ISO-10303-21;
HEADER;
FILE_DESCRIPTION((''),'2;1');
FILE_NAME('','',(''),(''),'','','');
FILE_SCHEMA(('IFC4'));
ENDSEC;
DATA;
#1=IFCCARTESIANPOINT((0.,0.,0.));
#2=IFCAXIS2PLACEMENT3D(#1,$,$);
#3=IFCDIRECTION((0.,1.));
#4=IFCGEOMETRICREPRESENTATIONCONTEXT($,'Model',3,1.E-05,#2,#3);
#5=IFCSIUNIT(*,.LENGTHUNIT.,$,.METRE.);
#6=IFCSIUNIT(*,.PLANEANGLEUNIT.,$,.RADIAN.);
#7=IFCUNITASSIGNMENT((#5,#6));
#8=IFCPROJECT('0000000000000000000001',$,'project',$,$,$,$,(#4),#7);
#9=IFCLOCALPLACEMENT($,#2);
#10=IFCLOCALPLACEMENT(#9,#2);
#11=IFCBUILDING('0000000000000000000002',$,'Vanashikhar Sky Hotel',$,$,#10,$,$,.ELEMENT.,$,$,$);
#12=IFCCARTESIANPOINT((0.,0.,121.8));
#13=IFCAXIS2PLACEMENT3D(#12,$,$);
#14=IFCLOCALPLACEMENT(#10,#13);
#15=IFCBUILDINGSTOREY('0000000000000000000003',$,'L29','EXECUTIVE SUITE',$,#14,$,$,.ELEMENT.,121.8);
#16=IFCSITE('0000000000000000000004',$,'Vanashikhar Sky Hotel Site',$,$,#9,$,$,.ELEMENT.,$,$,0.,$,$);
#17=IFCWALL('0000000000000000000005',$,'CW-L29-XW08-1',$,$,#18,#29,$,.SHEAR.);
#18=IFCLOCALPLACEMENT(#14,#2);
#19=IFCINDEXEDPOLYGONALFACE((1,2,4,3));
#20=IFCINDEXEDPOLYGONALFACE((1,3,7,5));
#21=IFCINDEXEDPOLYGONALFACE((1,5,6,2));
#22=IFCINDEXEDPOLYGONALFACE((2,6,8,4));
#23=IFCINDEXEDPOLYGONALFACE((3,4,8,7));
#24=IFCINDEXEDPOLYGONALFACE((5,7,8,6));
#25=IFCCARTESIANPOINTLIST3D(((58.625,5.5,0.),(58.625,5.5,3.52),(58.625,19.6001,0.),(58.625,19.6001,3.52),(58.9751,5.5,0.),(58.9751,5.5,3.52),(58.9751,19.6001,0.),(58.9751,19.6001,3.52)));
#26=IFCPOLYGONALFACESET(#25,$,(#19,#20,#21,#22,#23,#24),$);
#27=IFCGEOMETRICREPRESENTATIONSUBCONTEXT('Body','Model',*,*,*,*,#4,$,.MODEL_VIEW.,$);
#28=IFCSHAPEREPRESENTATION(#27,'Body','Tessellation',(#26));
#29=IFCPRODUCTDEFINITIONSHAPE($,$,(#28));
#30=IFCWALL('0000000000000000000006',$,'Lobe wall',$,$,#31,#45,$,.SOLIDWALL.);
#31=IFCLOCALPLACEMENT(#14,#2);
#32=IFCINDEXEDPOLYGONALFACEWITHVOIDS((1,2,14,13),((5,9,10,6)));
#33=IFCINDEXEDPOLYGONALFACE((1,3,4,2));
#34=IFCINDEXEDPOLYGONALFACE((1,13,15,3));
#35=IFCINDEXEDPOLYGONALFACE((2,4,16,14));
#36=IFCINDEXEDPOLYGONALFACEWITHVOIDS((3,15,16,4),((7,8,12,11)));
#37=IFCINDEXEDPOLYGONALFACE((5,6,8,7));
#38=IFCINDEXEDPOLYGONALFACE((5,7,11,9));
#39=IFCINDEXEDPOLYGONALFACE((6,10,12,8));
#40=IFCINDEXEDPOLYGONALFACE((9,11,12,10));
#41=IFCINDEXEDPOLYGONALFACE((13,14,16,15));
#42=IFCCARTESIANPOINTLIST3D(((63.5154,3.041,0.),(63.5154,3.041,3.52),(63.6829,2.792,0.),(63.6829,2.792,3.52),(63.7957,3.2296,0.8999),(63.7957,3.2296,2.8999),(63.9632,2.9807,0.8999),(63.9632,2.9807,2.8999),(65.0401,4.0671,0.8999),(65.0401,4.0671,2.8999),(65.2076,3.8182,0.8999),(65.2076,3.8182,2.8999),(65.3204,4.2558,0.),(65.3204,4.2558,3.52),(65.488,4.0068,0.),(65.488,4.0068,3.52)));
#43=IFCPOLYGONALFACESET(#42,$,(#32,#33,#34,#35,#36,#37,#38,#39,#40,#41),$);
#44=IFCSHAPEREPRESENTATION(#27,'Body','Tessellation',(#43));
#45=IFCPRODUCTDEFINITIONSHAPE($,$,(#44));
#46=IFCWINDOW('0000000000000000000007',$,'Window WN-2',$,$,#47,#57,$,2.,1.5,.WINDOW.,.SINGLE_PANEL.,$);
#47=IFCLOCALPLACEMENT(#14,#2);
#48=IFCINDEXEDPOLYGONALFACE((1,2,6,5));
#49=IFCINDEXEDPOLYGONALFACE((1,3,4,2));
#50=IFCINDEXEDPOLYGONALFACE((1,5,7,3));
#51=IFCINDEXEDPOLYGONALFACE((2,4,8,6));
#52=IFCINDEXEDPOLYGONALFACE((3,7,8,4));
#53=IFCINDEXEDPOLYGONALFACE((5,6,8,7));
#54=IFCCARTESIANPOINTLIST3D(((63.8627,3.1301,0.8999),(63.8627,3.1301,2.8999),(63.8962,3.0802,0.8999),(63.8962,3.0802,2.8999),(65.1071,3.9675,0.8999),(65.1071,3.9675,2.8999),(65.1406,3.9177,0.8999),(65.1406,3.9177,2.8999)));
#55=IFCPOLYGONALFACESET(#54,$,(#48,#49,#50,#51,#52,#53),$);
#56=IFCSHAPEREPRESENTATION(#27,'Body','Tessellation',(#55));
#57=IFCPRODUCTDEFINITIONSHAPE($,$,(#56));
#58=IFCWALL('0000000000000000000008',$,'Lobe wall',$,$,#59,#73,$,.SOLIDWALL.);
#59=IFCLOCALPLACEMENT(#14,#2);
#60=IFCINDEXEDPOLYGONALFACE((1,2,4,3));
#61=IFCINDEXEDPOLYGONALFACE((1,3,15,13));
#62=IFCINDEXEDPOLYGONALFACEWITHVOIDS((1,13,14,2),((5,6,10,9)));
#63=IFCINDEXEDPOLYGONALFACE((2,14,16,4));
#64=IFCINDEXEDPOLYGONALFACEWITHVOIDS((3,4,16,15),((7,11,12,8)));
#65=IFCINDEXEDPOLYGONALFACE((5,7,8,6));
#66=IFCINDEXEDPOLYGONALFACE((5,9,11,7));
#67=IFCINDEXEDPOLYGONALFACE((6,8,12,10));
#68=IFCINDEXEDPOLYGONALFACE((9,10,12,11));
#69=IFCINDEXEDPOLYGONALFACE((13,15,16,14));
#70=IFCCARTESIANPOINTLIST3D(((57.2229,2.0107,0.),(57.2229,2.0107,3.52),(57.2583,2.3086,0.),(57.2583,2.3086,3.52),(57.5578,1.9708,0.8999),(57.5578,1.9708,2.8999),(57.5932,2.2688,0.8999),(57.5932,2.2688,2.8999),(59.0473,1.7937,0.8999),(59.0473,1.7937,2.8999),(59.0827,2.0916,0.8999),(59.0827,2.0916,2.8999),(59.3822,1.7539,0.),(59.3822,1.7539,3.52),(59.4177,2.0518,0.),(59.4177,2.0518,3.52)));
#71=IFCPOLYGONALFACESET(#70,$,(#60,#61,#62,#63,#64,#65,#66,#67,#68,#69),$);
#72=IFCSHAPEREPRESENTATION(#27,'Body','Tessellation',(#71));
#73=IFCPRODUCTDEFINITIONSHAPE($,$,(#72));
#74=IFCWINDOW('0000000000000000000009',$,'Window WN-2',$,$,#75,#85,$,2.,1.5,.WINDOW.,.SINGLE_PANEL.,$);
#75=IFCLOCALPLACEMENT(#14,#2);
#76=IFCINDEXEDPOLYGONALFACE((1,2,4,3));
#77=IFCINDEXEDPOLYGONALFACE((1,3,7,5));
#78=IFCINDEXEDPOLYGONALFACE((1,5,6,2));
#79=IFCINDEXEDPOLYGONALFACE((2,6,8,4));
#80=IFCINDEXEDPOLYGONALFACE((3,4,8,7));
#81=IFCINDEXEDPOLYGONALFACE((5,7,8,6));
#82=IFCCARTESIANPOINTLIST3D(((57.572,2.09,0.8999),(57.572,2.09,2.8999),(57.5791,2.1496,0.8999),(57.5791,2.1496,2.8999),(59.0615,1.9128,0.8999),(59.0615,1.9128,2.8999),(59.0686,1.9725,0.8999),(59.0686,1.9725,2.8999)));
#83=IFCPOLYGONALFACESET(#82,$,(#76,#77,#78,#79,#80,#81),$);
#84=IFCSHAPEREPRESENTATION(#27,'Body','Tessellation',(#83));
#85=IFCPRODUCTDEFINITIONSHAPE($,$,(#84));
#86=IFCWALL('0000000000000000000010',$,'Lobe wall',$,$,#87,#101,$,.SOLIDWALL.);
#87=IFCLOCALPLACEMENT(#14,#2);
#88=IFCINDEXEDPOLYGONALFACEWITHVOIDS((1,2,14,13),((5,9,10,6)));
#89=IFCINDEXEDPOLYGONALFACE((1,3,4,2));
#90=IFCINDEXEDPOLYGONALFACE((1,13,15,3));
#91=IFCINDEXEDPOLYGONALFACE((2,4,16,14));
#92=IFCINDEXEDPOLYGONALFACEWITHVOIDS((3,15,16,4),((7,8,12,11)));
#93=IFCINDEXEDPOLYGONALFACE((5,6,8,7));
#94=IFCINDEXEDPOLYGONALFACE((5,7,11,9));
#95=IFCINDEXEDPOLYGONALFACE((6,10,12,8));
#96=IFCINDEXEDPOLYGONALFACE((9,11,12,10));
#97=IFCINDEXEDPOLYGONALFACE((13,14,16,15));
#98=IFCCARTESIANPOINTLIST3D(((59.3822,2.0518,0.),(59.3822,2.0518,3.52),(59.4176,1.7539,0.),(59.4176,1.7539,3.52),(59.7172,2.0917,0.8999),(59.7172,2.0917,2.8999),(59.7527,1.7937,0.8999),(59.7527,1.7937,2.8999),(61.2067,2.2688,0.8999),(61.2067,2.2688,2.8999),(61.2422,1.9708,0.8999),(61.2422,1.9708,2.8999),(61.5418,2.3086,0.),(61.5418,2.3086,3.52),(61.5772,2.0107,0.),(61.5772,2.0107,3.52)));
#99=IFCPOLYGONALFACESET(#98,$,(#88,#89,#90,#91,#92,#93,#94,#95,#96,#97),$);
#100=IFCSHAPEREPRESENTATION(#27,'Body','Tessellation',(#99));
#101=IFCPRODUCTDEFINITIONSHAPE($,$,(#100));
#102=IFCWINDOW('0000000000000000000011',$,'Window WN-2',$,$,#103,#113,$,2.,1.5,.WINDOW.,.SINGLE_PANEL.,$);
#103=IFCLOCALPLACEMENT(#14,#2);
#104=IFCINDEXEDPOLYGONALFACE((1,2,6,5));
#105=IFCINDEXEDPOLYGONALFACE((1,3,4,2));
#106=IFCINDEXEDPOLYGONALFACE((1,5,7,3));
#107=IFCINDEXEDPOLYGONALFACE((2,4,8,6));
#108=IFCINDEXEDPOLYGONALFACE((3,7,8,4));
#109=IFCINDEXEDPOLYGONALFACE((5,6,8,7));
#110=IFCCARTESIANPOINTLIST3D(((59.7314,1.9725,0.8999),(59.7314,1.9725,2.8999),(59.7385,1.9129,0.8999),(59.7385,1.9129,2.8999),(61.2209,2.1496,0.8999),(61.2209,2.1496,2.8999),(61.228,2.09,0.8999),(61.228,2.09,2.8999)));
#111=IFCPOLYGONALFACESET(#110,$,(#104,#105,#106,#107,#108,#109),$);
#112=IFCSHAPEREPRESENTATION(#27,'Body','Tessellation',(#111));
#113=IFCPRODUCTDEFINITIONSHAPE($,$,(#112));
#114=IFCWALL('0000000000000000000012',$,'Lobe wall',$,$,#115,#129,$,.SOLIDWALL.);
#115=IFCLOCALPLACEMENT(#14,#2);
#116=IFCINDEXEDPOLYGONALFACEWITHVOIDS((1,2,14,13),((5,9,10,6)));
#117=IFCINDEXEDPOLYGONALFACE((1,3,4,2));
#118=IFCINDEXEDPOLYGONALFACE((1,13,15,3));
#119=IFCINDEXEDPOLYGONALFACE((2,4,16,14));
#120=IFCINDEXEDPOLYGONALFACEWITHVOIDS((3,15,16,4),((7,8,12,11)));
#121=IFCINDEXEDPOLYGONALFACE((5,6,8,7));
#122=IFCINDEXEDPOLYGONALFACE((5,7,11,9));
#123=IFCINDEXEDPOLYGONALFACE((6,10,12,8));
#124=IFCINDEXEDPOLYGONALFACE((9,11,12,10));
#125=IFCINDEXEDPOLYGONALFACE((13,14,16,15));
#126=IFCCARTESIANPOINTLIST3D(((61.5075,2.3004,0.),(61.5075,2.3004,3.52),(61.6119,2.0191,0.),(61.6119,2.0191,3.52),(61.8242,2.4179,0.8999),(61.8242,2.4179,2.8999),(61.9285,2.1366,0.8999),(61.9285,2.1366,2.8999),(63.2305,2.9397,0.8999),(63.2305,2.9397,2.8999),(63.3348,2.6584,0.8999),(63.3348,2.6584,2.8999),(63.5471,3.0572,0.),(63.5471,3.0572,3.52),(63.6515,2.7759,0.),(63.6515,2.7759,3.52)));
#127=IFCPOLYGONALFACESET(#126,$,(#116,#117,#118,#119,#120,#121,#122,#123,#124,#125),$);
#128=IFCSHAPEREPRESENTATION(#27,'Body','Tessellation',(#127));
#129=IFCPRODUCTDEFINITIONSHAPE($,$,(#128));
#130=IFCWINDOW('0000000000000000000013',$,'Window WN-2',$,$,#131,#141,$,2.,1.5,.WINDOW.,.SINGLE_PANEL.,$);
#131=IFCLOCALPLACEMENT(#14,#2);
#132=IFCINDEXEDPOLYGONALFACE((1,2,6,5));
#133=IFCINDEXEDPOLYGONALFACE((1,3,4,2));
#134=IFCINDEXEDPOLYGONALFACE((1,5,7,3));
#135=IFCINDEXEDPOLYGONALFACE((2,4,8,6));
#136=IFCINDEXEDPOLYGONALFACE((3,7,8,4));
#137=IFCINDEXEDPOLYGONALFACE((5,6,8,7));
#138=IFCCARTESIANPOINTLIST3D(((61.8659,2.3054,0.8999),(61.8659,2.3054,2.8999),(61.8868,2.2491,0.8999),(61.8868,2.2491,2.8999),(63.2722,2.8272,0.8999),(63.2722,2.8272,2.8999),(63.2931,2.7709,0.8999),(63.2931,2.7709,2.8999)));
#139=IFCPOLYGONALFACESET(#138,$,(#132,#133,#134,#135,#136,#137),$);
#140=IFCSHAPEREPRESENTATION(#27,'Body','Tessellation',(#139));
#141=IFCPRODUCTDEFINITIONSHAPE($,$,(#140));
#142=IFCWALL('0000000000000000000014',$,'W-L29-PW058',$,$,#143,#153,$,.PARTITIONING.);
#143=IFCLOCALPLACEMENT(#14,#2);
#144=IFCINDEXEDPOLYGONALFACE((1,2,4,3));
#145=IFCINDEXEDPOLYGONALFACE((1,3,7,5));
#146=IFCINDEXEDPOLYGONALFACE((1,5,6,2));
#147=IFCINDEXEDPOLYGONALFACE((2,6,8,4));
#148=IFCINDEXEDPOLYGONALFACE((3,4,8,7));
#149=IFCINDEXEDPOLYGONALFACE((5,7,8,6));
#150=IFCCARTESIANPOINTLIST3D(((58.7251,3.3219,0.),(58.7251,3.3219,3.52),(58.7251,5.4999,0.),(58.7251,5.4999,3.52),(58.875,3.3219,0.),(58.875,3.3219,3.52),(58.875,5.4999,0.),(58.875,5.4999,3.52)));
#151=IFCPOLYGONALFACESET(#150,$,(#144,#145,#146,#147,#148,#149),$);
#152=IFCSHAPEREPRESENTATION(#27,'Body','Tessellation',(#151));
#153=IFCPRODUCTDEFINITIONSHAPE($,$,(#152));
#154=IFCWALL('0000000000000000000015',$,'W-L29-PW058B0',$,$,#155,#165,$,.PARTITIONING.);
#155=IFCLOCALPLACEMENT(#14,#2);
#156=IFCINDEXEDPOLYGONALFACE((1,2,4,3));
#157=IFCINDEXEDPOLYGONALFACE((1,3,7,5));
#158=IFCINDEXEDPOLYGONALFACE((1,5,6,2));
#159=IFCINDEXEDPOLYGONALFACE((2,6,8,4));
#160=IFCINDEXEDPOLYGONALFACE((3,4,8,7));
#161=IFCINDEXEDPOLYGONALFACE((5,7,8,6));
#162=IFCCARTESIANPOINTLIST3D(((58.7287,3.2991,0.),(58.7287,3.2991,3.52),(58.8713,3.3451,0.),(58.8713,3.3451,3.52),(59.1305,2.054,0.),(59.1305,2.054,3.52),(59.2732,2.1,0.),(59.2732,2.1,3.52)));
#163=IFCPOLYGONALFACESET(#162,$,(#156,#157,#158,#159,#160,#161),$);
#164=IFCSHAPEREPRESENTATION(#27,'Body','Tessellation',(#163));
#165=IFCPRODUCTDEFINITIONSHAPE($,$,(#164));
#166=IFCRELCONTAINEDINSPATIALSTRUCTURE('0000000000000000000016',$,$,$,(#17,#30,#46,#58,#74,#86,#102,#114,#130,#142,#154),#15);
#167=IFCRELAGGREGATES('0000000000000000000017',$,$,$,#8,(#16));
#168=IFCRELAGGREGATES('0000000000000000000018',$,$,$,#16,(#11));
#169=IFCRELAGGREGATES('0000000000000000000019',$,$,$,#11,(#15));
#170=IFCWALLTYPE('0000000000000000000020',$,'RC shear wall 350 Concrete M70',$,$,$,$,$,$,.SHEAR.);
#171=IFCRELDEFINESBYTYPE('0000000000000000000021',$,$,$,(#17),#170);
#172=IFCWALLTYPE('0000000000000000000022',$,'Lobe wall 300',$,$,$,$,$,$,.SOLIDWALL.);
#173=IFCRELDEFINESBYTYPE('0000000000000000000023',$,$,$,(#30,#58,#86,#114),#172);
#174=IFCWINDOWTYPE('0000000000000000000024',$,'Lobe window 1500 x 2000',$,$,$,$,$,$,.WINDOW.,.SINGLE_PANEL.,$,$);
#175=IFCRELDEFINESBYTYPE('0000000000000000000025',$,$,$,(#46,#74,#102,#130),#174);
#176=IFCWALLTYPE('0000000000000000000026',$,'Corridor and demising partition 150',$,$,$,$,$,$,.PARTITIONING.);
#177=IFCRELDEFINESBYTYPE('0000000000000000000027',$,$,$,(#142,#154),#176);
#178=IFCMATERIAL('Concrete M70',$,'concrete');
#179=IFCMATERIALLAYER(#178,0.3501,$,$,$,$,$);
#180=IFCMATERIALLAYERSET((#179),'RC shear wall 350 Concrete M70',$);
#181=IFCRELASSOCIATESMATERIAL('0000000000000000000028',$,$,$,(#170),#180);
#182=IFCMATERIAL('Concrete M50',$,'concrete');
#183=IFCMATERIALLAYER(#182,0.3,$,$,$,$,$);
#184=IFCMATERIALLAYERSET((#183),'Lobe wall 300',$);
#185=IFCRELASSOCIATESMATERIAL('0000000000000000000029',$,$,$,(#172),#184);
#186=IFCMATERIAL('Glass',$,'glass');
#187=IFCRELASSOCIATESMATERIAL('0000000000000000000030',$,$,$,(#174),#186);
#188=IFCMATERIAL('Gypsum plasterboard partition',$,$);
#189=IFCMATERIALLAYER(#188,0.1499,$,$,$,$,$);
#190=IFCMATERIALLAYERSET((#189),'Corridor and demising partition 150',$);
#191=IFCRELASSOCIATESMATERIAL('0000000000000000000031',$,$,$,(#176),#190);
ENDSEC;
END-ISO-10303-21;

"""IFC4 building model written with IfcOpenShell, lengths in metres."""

from ifc_helpers import new_model, si_unit, direction, frame, frame_2d, origin, place, context, subcontext, project, spatial, rectangle, extrude, source, transform, mapped, material, layer, layer_set, type_object, element, fill, save


model = new_model("IFC4")

# Units and contexts
model_context = context("Model", 3, precision=1e-05, world=origin(), true_north=direction((0.0, 1.0)))
body_context = subcontext(model_context, "Body", "Model", "MODEL_VIEW")
ifc_project = project(units=[si_unit("LENGTHUNIT", "METRE"), si_unit("PLANEANGLEUNIT", "RADIAN")], contexts=[model_context])

# Site, building, storey
site_placement = place(None, origin())
site = spatial("IfcSite", under=ifc_project, at=site_placement, Name="Vanashikhar Sky Hotel Site", CompositionType="ELEMENT", RefElevation=0.0)
building_placement = place(site_placement, origin())
building = spatial("IfcBuilding", under=site, at=building_placement, Name="Vanashikhar Sky Hotel", CompositionType="ELEMENT")
storey_placement = place(building_placement, frame((0.0, 0.0, 121.8)))
storey = spatial("IfcBuildingStorey", under=building, at=storey_placement, Name="L29", Description="EXECUTIVE SUITE", CompositionType="ELEMENT", Elevation=121.8)

# Wall
ifc_material_1 = material(Name="Concrete M70", Category="concrete")
ifc_layer_1 = layer(ifc_material_1, 0.3501)
ifc_layer_set_1 = layer_set([ifc_layer_1], Name="RC shear wall 350 Concrete M70")
wall_type_1 = type_object("IfcWallType", Name="RC shear wall 350 Concrete M70", PredefinedType="SHEAR", material=ifc_layer_set_1)
shared_shape_1 = source(origin(), body_context, "Body", "SweptSolid", [
    extrude(rectangle(XDim=14.1001, YDim=0.3501, at=frame_2d((7.05, 0.0))), origin(), (0.0, 0.0, 1.0), 3.52),
])
wall_1_placement = place(storey_placement, frame((58.8, 5.5, 0.0), z_axis=(0.0, 0.0, 1.0), x_axis=(0.0, 1.0, 0.0)))
element("IfcWall", 1, at=wall_1_placement, inside=storey, type_object=wall_type_1, Name="CW-L29-XW08-1", PredefinedType="SHEAR", context=body_context, shape_type="MappedRepresentation", body=[
    mapped(shared_shape_1, transform((0.0, 0.0, 0.0), scale=1.0)),
])

# Walls, openings, windows
ifc_material_2 = material(Name="Concrete M50", Category="concrete")
ifc_layer_2 = layer(ifc_material_2, 0.3)
ifc_layer_set_2 = layer_set([ifc_layer_2], Name="Lobe wall 300")
wall_type_2 = type_object("IfcWallType", Name="Lobe wall 300", PredefinedType="SOLIDWALL", material=ifc_layer_set_2)
shared_shape_2 = source(origin(), body_context, "Body", "SweptSolid", [
    extrude(rectangle(XDim=2.1758, YDim=0.3, at=frame_2d((1.0879, 0.0))), origin(), (0.0, 0.0, 1.0), 3.52),
])
wall_2_placement = place(storey_placement, frame((63.5991, 2.9165, 0.0), z_axis=(0.0, 0.0, 1.0), x_axis=(0.829626, 0.55832, 0.0)))
wall_2 = element("IfcWall", 2, at=wall_2_placement, inside=storey, type_object=wall_type_2, Name="Lobe wall", PredefinedType="SOLIDWALL", context=body_context, shape_type="MappedRepresentation", body=[
    mapped(shared_shape_2, transform((0.0, 0.0, 0.0), scale=1.0)),
])
shared_shape_3 = source(origin(), body_context, "Body", "SweptSolid", [
    extrude(rectangle(XDim=1.5, YDim=2.0, at=frame_2d((0.75, 1.0))), frame((0.0, 0.1602, 0.0), z_axis=(0.0, -1.0, 0.0), x_axis=(1.0, 0.0, 0.0)), (0.0, 0.0, 1.0), 0.3201),
])
opening_1_placement = place(wall_2_placement, frame((0.3379, 0.0, 0.8999)))
opening_1 = element("IfcOpeningElement", 3, at=opening_1_placement, cuts=wall_2, PredefinedType="OPENING", context=body_context, shape_type="MappedRepresentation", body=[
    mapped(shared_shape_3, transform((0.0, 0.0, 0.0), scale=1.0)),
])
ifc_material_3 = material(Name="Glass", Category="glass")
window_type = type_object("IfcWindowType", Name="Lobe window 1500 x 2000", PartitioningType="SINGLE_PANEL", PredefinedType="WINDOW", material=ifc_material_3)
shared_shape_4 = source(origin(), body_context, "Body", "SweptSolid", [
    extrude(rectangle(XDim=1.5, YDim=2.0, at=frame_2d((0.75, 1.0))), frame((0.0, 0.03, 0.0), z_axis=(0.0, -1.0, 0.0), x_axis=(1.0, 0.0, 0.0)), (0.0, 0.0, 1.0), 0.0601),
])
window_1_placement = place(opening_1_placement, origin())
window_1 = element("IfcWindow", 4, at=window_1_placement, inside=storey, type_object=window_type, Name="Window WN-2", OverallHeight=2.0, OverallWidth=1.5, PartitioningType="SINGLE_PANEL", PredefinedType="WINDOW", context=body_context, shape_type="MappedRepresentation", body=[
    mapped(shared_shape_4, transform((0.0, 0.0, 0.0), scale=1.0)),
])
fill(opening_1, window_1)
shared_shape_5 = source(origin(), body_context, "Body", "SweptSolid", [
    extrude(rectangle(XDim=2.1746, YDim=0.3, at=frame_2d((1.0874, 0.0))), origin(), (0.0, 0.0, 1.0), 3.52),
])
wall_3_placement = place(storey_placement, frame((57.2405, 2.1597, 0.0), z_axis=(0.0, 0.0, 1.0), x_axis=(0.993001, -0.118105, 0.0)))
wall_3 = element("IfcWall", 5, at=wall_3_placement, inside=storey, type_object=wall_type_2, Name="Lobe wall", PredefinedType="SOLIDWALL", context=body_context, shape_type="MappedRepresentation", body=[
    mapped(shared_shape_5, transform((0.0, 0.0, 0.0), scale=1.0)),
])
opening_2_placement = place(wall_3_placement, frame((0.3374, 0.0, 0.8999)))
opening_2 = element("IfcOpeningElement", 6, at=opening_2_placement, cuts=wall_3, PredefinedType="OPENING", context=body_context, shape_type="MappedRepresentation", body=[
    mapped(shared_shape_3, transform((0.0, 0.0, 0.0), scale=1.0)),
])
window_2_placement = place(opening_2_placement, origin())
window_2 = element("IfcWindow", 7, at=window_2_placement, inside=storey, type_object=window_type, Name="Window WN-2", OverallHeight=2.0, OverallWidth=1.5, PartitioningType="SINGLE_PANEL", PredefinedType="WINDOW", context=body_context, shape_type="MappedRepresentation", body=[
    mapped(shared_shape_4, transform((0.0, 0.0, 0.0), scale=1.0)),
])
fill(opening_2, window_2)
shared_shape_6 = source(origin(), body_context, "Body", "SweptSolid", [
    extrude(rectangle(XDim=2.1748, YDim=0.3, at=frame_2d((1.0874, 0.0))), origin(), (0.0, 0.0, 1.0), 3.52),
])
wall_4_placement = place(storey_placement, frame((59.3999, 1.9028, 0.0), z_axis=(0.0, 0.0, 1.0), x_axis=(0.993003, 0.118092, 0.0)))
wall_4 = element("IfcWall", 8, at=wall_4_placement, inside=storey, type_object=wall_type_2, Name="Lobe wall", PredefinedType="SOLIDWALL", context=body_context, shape_type="MappedRepresentation", body=[
    mapped(shared_shape_6, transform((0.0, 0.0, 0.0), scale=1.0)),
])
opening_3_placement = place(wall_4_placement, frame((0.3374, 0.0, 0.8999)))
opening_3 = element("IfcOpeningElement", 9, at=opening_3_placement, cuts=wall_4, PredefinedType="OPENING", context=body_context, shape_type="MappedRepresentation", body=[
    mapped(shared_shape_3, transform((0.0, 0.0, 0.0), scale=1.0)),
])
window_3_placement = place(opening_3_placement, origin())
window_3 = element("IfcWindow", 10, at=window_3_placement, inside=storey, type_object=window_type, Name="Window WN-2", OverallHeight=2.0, OverallWidth=1.5, PartitioningType="SINGLE_PANEL", PredefinedType="WINDOW", context=body_context, shape_type="MappedRepresentation", body=[
    mapped(shared_shape_4, transform((0.0, 0.0, 0.0), scale=1.0)),
])
fill(opening_3, window_3)
shared_shape_7 = source(origin(), body_context, "Body", "SweptSolid", [
    extrude(rectangle(XDim=2.1755, YDim=0.3, at=frame_2d((1.0879, 0.0))), origin(), (0.0, 0.0, 1.0), 3.52),
])
wall_5_placement = place(storey_placement, frame((61.5596, 2.1597, 0.0), z_axis=(0.0, 0.0, 1.0), x_axis=(0.937532, 0.347899, 0.0)))
wall_5 = element("IfcWall", 11, at=wall_5_placement, inside=storey, type_object=wall_type_2, Name="Lobe wall", PredefinedType="SOLIDWALL", context=body_context, shape_type="MappedRepresentation", body=[
    mapped(shared_shape_7, transform((0.0, 0.0, 0.0), scale=1.0)),
])
opening_4_placement = place(wall_5_placement, frame((0.3379, 0.0, 0.8999)))
opening_4 = element("IfcOpeningElement", 12, at=opening_4_placement, cuts=wall_5, PredefinedType="OPENING", context=body_context, shape_type="MappedRepresentation", body=[
    mapped(shared_shape_3, transform((0.0, 0.0, 0.0), scale=1.0)),
])
window_4_placement = place(opening_4_placement, origin())
window_4 = element("IfcWindow", 13, at=window_4_placement, inside=storey, type_object=window_type, Name="Window WN-2", OverallHeight=2.0, OverallWidth=1.5, PartitioningType="SINGLE_PANEL", PredefinedType="WINDOW", context=body_context, shape_type="MappedRepresentation", body=[
    mapped(shared_shape_4, transform((0.0, 0.0, 0.0), scale=1.0)),
])
fill(opening_4, window_4)

# Walls
ifc_material_4 = material(Name="Gypsum plasterboard partition")
ifc_layer_3 = layer(ifc_material_4, 0.1499)
ifc_layer_set_3 = layer_set([ifc_layer_3], Name="Corridor and demising partition 150")
wall_type_3 = type_object("IfcWallType", Name="Corridor and demising partition 150", PredefinedType="PARTITIONING", material=ifc_layer_set_3)
shared_shape_8 = source(origin(), body_context, "Body", "SweptSolid", [
    extrude(rectangle(XDim=2.178, YDim=0.1499, at=frame_2d((1.0889, 0.0))), origin(), (0.0, 0.0, 1.0), 3.52),
])
wall_6_placement = place(storey_placement, frame((58.8, 3.322, 0.0), z_axis=(0.0, 0.0, 1.0), x_axis=(0.0, 1.0, 0.0)))
element("IfcWall", 14, at=wall_6_placement, inside=storey, type_object=wall_type_3, Name="W-L29-PW058", PredefinedType="PARTITIONING", context=body_context, shape_type="MappedRepresentation", body=[
    mapped(shared_shape_8, transform((0.0, 0.0, 0.0), scale=1.0)),
])
shared_shape_9 = source(origin(), body_context, "Body", "SweptSolid", [
    extrude(rectangle(XDim=1.3083, YDim=0.1499, at=frame_2d((0.6543, 0.0))), origin(), (0.0, 0.0, 1.0), 3.52),
])
wall_7_placement = place(storey_placement, frame((59.2019, 2.0769, 0.0), z_axis=(0.0, 0.0, 1.0), x_axis=(-0.307145, 0.951663, 0.0)))
element("IfcWall", 15, at=wall_7_placement, inside=storey, type_object=wall_type_3, Name="W-L29-PW058B0", PredefinedType="PARTITIONING", context=body_context, shape_type="MappedRepresentation", body=[
    mapped(shared_shape_9, transform((0.0, 0.0, 0.0), scale=1.0)),
])

save(model, "model.ifc")
